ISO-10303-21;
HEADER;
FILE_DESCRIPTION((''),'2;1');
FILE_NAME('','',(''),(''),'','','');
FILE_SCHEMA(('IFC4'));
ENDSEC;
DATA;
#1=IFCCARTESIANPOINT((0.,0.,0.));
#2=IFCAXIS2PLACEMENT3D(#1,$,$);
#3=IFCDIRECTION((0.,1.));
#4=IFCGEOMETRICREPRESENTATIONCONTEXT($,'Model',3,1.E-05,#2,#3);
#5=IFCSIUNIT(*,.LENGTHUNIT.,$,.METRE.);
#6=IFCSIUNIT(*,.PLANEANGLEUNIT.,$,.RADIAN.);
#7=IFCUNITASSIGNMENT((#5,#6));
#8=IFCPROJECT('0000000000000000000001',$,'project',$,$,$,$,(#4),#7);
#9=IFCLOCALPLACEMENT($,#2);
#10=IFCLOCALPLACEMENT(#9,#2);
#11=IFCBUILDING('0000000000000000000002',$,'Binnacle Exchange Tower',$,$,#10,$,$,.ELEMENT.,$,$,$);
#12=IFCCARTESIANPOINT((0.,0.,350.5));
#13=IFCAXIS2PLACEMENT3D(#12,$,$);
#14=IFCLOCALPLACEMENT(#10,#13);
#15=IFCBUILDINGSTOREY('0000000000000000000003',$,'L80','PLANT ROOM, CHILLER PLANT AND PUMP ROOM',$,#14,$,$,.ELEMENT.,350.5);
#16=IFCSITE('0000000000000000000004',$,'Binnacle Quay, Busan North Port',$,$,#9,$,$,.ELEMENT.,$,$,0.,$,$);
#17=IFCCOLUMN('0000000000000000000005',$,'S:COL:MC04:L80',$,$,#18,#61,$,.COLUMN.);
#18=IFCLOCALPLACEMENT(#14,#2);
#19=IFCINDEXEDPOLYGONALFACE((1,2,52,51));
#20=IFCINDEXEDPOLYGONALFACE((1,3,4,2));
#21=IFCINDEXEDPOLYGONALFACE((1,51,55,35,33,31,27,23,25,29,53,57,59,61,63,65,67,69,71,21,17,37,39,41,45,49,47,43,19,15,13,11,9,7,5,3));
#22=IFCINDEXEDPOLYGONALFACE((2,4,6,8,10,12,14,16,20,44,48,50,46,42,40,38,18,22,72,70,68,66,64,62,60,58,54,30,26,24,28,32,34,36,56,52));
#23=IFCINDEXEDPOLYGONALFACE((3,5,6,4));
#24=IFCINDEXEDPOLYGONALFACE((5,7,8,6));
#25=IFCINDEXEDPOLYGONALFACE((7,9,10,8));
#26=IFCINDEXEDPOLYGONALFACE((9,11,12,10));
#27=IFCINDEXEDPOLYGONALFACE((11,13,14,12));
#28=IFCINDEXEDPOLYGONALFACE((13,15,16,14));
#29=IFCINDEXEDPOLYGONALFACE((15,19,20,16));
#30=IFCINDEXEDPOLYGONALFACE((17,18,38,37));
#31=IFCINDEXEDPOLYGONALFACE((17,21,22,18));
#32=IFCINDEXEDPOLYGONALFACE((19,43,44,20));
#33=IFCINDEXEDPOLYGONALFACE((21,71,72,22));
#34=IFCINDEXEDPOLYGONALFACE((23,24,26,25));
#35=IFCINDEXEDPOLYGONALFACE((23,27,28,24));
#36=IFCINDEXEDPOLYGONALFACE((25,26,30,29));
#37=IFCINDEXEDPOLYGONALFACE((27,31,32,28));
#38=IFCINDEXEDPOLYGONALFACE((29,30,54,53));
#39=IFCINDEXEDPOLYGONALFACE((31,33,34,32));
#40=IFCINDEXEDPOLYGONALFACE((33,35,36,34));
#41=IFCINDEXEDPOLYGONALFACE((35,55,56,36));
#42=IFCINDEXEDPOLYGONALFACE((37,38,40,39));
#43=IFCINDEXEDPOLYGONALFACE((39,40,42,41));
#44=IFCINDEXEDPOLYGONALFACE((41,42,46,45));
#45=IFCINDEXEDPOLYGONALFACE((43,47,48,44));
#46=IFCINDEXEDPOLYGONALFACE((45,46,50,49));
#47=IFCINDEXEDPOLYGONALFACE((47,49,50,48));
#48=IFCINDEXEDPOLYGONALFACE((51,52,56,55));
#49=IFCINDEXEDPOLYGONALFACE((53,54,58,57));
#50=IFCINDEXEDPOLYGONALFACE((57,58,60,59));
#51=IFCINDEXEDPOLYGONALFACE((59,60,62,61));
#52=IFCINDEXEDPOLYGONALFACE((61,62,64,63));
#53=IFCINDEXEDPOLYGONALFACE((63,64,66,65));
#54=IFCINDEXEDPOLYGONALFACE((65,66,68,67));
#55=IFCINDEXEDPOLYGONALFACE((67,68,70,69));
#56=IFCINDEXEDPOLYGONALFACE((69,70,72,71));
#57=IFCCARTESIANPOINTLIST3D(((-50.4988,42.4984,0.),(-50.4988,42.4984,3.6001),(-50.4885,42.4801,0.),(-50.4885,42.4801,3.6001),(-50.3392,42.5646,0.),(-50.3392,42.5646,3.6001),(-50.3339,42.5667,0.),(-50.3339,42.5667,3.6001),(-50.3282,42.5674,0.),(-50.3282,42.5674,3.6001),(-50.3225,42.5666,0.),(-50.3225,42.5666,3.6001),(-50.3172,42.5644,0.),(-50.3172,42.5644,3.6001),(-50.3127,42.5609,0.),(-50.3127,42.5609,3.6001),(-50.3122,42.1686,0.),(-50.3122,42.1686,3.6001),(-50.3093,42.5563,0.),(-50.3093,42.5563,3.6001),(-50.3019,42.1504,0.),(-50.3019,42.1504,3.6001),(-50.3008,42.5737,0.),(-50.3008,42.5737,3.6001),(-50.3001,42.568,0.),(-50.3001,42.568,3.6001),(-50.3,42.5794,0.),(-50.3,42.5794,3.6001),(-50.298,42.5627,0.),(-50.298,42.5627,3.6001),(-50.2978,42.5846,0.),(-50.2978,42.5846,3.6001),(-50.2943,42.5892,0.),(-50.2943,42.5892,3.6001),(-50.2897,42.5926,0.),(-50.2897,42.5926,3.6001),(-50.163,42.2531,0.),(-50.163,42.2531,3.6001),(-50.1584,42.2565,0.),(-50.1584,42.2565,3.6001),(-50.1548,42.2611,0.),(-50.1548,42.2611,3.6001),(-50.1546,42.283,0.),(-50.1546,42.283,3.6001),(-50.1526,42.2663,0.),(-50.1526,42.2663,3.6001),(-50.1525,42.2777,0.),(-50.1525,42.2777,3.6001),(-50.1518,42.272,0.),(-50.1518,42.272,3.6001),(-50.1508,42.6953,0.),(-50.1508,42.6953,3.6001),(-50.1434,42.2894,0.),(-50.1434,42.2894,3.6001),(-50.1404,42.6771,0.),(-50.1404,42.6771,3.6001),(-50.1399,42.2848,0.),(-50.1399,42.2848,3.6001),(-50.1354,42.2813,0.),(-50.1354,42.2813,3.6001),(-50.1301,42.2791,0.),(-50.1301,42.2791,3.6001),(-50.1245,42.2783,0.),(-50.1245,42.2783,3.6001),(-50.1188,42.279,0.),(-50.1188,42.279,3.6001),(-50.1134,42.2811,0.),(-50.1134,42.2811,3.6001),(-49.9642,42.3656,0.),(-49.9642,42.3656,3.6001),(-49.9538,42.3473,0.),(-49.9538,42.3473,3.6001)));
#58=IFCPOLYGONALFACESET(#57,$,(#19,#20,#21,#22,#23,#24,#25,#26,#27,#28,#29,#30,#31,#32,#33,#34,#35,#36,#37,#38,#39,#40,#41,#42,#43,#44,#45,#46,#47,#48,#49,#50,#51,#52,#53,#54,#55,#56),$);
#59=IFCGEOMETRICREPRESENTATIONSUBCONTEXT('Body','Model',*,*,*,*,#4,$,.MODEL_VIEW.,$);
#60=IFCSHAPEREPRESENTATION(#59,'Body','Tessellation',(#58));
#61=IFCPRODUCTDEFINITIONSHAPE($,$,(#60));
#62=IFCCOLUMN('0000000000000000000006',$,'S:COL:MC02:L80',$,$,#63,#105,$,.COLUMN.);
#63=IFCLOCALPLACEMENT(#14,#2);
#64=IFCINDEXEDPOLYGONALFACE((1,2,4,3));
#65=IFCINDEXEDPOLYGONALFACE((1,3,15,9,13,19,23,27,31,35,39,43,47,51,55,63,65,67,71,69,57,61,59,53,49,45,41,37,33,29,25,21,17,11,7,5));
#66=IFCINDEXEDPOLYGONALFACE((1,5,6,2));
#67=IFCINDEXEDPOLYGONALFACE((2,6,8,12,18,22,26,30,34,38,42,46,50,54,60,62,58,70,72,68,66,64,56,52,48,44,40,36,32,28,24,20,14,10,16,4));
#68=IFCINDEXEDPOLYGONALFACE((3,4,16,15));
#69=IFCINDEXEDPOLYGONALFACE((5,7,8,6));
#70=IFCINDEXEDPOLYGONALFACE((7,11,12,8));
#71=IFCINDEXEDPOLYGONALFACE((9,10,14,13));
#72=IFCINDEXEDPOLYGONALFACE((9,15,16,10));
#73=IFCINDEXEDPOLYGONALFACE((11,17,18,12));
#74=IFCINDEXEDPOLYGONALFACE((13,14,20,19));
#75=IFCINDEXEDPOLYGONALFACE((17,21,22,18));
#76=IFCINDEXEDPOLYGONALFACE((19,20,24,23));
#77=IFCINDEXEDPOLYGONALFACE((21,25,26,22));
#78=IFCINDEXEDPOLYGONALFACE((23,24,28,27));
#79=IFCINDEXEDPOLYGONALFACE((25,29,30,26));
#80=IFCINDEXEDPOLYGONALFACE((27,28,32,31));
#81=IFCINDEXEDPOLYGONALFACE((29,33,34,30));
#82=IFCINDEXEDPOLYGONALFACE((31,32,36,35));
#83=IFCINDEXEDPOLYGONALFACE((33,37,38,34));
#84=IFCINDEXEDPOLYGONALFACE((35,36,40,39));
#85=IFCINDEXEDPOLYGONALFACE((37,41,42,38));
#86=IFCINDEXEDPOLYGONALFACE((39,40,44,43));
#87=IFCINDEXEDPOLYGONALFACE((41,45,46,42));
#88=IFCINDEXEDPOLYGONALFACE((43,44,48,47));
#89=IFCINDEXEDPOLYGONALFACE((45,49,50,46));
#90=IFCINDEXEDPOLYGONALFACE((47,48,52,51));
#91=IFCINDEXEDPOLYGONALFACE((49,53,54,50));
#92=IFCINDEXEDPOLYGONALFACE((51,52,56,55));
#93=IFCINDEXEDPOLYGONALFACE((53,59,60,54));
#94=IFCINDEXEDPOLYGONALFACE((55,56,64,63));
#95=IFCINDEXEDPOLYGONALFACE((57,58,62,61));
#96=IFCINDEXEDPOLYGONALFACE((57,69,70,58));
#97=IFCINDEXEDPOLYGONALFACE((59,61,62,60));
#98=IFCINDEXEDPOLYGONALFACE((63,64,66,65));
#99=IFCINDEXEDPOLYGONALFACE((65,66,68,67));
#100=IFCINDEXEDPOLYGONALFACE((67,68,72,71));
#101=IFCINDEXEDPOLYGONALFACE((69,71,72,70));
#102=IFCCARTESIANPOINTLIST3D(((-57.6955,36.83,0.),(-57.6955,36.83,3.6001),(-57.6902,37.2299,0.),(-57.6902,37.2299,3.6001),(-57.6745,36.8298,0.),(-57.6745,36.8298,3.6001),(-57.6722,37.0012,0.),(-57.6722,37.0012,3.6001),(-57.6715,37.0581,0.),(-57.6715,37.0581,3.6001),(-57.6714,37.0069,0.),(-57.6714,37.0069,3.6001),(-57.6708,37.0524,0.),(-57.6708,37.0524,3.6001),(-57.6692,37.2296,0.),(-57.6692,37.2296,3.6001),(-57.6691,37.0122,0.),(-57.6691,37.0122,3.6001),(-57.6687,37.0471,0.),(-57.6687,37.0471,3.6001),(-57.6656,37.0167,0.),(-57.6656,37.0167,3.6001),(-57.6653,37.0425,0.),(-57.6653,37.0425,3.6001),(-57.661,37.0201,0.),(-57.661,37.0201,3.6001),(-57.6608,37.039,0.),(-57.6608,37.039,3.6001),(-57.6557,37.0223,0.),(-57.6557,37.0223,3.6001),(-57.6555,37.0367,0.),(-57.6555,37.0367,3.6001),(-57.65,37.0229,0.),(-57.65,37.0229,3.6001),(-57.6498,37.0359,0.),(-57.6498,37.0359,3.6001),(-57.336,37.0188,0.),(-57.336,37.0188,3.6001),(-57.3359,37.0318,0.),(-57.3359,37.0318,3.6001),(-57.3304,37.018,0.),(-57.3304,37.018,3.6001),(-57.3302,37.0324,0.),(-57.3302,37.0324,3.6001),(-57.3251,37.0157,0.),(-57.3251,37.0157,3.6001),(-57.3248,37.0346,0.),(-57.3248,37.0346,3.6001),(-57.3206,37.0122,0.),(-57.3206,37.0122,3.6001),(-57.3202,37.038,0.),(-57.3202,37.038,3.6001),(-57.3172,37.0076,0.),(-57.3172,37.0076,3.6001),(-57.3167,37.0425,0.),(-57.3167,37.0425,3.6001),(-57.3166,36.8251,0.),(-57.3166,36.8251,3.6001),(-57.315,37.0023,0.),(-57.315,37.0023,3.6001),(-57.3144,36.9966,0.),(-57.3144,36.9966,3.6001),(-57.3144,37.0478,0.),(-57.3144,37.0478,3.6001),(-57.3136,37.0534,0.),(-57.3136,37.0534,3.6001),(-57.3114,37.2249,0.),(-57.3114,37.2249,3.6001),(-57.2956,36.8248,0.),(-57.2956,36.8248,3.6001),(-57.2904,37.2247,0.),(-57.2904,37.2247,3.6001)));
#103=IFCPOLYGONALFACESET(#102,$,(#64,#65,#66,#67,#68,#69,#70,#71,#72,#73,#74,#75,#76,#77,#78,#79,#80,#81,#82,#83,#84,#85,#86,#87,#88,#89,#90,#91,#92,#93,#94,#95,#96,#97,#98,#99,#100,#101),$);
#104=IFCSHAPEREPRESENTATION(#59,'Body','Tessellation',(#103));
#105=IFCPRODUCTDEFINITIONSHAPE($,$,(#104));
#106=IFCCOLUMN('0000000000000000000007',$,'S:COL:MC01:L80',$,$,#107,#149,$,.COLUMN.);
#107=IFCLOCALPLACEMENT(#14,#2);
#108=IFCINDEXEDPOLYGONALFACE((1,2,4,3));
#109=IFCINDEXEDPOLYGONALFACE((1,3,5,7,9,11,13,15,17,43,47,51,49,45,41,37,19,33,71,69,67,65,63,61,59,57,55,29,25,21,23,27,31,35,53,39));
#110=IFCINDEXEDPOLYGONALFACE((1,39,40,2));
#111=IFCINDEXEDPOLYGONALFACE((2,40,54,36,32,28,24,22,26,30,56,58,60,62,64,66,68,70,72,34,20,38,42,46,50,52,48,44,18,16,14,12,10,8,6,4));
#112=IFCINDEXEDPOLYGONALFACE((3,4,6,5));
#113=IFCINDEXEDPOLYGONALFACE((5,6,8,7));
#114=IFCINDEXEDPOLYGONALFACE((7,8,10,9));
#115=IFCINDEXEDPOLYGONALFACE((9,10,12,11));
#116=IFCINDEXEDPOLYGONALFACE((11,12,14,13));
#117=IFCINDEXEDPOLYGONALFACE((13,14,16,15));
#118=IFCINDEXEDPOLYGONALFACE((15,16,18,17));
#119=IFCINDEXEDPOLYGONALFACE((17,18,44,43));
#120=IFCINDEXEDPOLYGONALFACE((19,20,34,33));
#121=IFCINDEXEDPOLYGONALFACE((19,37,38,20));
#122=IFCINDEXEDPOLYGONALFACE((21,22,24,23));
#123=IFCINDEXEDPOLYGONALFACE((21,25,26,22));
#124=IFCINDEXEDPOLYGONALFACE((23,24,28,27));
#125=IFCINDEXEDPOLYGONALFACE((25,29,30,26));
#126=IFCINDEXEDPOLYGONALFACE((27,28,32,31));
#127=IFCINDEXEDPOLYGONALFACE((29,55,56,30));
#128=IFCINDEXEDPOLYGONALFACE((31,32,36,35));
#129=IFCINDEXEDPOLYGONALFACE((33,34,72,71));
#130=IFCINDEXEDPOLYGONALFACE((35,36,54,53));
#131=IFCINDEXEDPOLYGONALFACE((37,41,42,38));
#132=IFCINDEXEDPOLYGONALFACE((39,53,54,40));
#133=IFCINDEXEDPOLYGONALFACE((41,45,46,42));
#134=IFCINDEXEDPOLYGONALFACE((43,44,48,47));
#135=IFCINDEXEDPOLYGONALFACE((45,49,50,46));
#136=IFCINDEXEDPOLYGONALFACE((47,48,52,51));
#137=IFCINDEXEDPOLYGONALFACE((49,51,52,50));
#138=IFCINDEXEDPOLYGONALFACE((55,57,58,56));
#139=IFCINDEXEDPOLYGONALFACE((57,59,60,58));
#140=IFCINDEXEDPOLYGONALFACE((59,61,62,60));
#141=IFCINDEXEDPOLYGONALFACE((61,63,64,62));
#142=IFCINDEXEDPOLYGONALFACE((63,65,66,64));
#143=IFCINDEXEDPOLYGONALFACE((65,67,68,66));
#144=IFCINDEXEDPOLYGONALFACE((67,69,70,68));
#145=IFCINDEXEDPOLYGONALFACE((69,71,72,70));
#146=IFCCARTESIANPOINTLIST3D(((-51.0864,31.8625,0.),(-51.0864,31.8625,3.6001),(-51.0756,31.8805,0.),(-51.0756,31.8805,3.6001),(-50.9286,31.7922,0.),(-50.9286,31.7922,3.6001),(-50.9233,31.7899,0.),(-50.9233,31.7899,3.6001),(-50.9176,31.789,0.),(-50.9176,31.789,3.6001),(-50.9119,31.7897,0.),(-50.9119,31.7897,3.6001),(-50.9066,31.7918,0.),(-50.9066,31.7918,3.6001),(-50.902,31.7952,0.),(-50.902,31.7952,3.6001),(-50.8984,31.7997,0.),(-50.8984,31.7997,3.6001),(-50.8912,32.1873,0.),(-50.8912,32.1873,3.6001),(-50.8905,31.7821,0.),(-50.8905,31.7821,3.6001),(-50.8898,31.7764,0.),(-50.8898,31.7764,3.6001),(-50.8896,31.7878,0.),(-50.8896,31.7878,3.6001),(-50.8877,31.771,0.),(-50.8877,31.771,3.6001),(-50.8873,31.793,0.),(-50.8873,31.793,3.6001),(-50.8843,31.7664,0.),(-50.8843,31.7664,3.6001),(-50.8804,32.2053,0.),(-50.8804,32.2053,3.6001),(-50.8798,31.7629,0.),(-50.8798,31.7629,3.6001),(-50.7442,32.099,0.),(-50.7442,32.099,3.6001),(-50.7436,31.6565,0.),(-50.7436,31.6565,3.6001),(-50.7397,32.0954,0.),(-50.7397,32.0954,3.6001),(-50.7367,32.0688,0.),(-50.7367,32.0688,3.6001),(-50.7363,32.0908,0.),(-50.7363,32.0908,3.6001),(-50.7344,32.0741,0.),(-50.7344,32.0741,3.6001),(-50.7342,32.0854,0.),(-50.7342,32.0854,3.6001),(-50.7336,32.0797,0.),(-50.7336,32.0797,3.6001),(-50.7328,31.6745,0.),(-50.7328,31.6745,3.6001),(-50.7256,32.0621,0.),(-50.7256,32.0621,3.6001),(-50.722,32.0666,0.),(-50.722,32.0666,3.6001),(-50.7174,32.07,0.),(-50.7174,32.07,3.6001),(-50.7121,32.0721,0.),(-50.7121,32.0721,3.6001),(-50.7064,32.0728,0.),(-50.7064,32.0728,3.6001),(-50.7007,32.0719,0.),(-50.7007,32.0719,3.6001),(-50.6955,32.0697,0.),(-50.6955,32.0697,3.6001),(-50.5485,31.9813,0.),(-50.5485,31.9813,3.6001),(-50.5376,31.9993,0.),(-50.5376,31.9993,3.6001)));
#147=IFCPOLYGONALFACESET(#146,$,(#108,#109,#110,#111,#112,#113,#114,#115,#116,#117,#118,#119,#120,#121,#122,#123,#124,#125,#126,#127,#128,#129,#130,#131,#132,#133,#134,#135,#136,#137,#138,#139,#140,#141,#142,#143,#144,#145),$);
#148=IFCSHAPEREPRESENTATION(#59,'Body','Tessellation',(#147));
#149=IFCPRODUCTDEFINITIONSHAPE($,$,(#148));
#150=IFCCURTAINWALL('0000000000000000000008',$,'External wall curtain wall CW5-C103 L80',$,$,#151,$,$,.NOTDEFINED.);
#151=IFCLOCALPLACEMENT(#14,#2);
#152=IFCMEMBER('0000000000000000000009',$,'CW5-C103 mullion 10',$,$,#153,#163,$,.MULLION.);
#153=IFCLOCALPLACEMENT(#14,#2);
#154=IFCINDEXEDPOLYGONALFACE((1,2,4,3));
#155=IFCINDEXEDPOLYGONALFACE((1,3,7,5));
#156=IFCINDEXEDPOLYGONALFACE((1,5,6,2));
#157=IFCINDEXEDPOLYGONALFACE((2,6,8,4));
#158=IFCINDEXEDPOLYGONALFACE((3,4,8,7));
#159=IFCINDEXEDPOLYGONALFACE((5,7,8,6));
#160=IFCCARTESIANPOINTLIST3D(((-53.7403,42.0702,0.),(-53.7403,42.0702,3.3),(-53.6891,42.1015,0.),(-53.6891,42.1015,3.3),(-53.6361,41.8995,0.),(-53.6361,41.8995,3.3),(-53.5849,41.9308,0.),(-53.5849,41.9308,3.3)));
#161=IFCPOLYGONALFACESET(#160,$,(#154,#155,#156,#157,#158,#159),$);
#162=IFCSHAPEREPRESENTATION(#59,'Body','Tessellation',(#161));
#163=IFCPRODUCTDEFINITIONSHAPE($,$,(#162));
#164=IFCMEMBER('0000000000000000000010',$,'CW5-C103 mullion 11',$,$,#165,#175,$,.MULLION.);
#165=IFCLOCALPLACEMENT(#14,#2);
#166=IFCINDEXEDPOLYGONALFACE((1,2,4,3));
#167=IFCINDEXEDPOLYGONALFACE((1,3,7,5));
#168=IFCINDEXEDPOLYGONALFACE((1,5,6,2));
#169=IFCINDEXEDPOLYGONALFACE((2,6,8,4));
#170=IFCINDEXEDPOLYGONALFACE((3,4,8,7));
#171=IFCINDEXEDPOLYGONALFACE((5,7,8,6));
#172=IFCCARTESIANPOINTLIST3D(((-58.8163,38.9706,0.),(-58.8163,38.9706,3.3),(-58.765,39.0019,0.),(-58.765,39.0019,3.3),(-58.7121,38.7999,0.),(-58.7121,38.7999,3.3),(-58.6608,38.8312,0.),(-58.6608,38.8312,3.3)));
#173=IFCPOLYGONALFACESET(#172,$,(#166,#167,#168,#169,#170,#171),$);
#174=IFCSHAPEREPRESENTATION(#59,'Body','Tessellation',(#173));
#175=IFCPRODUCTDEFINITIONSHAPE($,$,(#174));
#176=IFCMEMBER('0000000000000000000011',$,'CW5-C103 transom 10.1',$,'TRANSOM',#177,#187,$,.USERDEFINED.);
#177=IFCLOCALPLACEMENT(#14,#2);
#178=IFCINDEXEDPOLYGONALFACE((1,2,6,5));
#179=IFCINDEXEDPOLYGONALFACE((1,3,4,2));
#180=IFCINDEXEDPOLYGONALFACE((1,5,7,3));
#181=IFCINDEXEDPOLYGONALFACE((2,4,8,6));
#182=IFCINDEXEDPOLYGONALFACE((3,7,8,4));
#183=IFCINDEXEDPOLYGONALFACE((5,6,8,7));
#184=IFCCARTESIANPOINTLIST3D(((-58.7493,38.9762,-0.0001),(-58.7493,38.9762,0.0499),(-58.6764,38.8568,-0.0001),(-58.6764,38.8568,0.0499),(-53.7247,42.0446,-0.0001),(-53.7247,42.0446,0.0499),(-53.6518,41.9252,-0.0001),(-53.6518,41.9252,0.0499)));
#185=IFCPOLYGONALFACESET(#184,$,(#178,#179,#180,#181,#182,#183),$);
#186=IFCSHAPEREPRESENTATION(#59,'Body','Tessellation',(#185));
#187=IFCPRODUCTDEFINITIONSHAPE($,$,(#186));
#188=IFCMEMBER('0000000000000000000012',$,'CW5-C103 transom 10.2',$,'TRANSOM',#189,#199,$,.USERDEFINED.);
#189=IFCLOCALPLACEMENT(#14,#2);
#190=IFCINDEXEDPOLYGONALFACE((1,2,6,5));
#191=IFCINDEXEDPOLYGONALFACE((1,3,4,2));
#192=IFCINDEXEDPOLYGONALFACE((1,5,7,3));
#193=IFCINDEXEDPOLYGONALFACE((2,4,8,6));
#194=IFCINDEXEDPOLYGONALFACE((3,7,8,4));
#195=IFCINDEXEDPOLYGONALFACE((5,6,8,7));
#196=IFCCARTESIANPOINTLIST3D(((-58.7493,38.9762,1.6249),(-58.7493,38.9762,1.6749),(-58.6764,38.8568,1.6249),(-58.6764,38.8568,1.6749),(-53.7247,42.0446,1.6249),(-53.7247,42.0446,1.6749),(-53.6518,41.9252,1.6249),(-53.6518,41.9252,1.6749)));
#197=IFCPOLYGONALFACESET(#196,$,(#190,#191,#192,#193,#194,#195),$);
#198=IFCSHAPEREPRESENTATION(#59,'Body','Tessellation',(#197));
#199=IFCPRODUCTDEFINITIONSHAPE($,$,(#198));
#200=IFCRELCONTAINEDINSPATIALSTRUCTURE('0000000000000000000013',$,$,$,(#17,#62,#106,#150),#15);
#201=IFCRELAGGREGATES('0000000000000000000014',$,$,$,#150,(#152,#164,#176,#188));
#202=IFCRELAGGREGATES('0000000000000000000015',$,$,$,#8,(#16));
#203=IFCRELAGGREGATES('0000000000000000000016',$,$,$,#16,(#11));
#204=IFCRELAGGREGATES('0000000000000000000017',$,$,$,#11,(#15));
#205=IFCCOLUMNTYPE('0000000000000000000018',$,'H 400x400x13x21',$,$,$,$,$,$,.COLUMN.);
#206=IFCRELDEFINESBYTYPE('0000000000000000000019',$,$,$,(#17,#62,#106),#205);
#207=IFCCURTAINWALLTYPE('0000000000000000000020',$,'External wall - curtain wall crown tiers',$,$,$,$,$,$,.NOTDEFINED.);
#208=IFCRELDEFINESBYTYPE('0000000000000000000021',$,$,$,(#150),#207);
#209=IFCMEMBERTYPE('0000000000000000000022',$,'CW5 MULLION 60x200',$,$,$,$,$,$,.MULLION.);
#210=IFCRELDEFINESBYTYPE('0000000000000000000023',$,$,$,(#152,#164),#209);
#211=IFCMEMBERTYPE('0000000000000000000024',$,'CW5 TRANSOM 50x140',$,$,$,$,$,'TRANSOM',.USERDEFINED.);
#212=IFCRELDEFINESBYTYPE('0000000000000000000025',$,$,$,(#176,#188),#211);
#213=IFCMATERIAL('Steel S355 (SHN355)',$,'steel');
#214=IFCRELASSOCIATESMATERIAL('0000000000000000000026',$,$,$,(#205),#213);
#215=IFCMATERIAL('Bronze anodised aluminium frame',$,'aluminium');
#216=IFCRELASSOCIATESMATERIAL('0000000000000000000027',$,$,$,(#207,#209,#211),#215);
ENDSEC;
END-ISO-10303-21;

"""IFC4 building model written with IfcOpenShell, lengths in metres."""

from ifc_helpers import new_model, si_unit, direction, frame, origin, origin_2d, place, context, subcontext, project, spatial, rectangle, i_section, extrude, material, material_profile, profile_set, type_object, element, aggregate, save


model = new_model("IFC4")

# Units and contexts
model_context = context("Model", 3, precision=1e-05, world=origin(), true_north=direction((0.0, 1.0)))
body_context = subcontext(model_context, "Body", "Model", "MODEL_VIEW")
ifc_project = project(units=[si_unit("LENGTHUNIT", "METRE"), si_unit("PLANEANGLEUNIT", "RADIAN")], contexts=[model_context])

# Site, building, storey
site_placement = place(None, origin())
site = spatial("IfcSite", under=ifc_project, at=site_placement, Name="Binnacle Quay, Busan North Port", CompositionType="ELEMENT", RefElevation=0.0)
building_placement = place(site_placement, origin())
building = spatial("IfcBuilding", under=site, at=building_placement, Name="Binnacle Exchange Tower", CompositionType="ELEMENT")
storey_placement = place(building_placement, frame((0.0, 0.0, 350.5)))
storey = spatial("IfcBuildingStorey", under=building, at=storey_placement, Name="L80", Description="PLANT ROOM, CHILLER PLANT AND PUMP ROOM", CompositionType="ELEMENT", Elevation=350.5)

# Columns
ifc_material_1 = material(Name="Steel S355 (SHN355)", Category="steel")
ifc_material_profile_1 = material_profile(ifc_material_1, i_section(OverallWidth=0.3999, OverallDepth=0.3999, WebThickness=0.0129, FlangeThickness=0.021, FilletRadius=0.022, at=origin_2d()), Name="H 400x400x13x21")
ifc_profile_set_1 = profile_set([ifc_material_profile_1], Name="Steel S355 (SHN355)")
column_type = type_object("IfcColumnType", Name="H 400x400x13x21", PredefinedType="COLUMN", material=ifc_profile_set_1)
for number, where, z_axis, x_axis, name in (
    (1, (-50.2263, 42.4229, 0.0), (0.0, 0.0, 1.0), (-0.870356, -0.492424, 0.0), "S:COL:MC04:L80"),
    (2, (-57.4929, 37.0273, 0.0), (0.0, 0.0, 1.0), (-0.01309, -0.999914, 0.0), "S:COL:MC02:L80"),
    (3, (-50.812, 31.9309, 0.0), (0.0, 0.0, 1.0), (0.857167, -0.515038, 0.0), "S:COL:MC01:L80"),
):
    element("IfcColumn", number, at=place(storey_placement, frame(where, z_axis=z_axis, x_axis=x_axis)), inside=storey, type_object=column_type, Name=name, PredefinedType="COLUMN", context=body_context, shape_type="SweptSolid", body=[
        extrude(i_section(OverallWidth=0.3999, OverallDepth=0.3999, WebThickness=0.0129, FlangeThickness=0.021, FilletRadius=0.022, at=origin_2d()), origin(), (0.0, 0.0, 1.0), 3.6001),
    ])

# Curtain wall, members
ifc_material_2 = material(Name="Bronze anodised aluminium frame", Category="aluminium")
curtain_wall_type = type_object("IfcCurtainWallType", Name="External wall - curtain wall crown tiers", PredefinedType="NOTDEFINED", material=ifc_material_2)
curtain_wall_placement = place(storey_placement, origin())
curtain_wall = element("IfcCurtainWall", 4, at=curtain_wall_placement, inside=storey, type_object=curtain_wall_type, Name="External wall curtain wall CW5-C103 L80", PredefinedType="NOTDEFINED")
ifc_material_profile_2 = material_profile(ifc_material_2, rectangle(XDim=0.2, YDim=0.0601, at=origin_2d()), Name="AL 60x200")
ifc_profile_set_2 = profile_set([ifc_material_profile_2], Name="Bronze anodised aluminium frame")
member_type_1 = type_object("IfcMemberType", Name="CW5 MULLION 60x200", PredefinedType="MULLION", material=ifc_profile_set_2)
member_1_placement = place(storey_placement, frame((-53.6626, 42.0005, 0.0), z_axis=(0.0, 0.0, 1.0), x_axis=(0.521157, -0.853461, 0.0)))
member_1 = element("IfcMember", 5, at=member_1_placement, type_object=member_type_1, Name="CW5-C103 mullion 10", PredefinedType="MULLION", context=body_context, shape_type="SweptSolid", body=[
    extrude(rectangle(XDim=0.2, YDim=0.0601, at=origin_2d()), origin(), (0.0, 0.0, 1.0), 3.3),
])
member_2_placement = place(storey_placement, frame((-58.7385, 38.9009, 0.0), z_axis=(0.0, 0.0, 1.0), x_axis=(0.521157, -0.853461, 0.0)))
member_2 = element("IfcMember", 6, at=member_2_placement, type_object=member_type_1, Name="CW5-C103 mullion 11", PredefinedType="MULLION", context=body_context, shape_type="SweptSolid", body=[
    extrude(rectangle(XDim=0.2, YDim=0.0601, at=origin_2d()), origin(), (0.0, 0.0, 1.0), 3.3),
])
ifc_material_profile_3 = material_profile(ifc_material_2, rectangle(XDim=0.1399, YDim=0.05, at=origin_2d()), Name="AL 140x50")
ifc_profile_set_3 = profile_set([ifc_material_profile_3], Name="Bronze anodised aluminium frame")
member_type_2 = type_object("IfcMemberType", Name="CW5 TRANSOM 50x140", ElementType="TRANSOM", PredefinedType="USERDEFINED", material=ifc_profile_set_3)
member_3_placement = place(storey_placement, frame((-53.6882, 41.9849, 0.0249), z_axis=(-0.853453, -0.52117, 0.0), x_axis=(0.52117, -0.853453, 0.0)))
member_3 = element("IfcMember", 7, at=member_3_placement, type_object=member_type_2, Name="CW5-C103 transom 10.1", ObjectType="TRANSOM", PredefinedType="USERDEFINED", context=body_context, shape_type="SweptSolid", body=[
    extrude(rectangle(XDim=0.1399, YDim=0.05, at=origin_2d()), origin(), (0.0, 0.0, 1.0), 5.8875),
])
member_4_placement = place(storey_placement, frame((-53.6882, 41.9849, 1.6499), z_axis=(-0.853453, -0.52117, 0.0), x_axis=(0.52117, -0.853453, 0.0)))
member_4 = element("IfcMember", 8, at=member_4_placement, type_object=member_type_2, Name="CW5-C103 transom 10.2", ObjectType="TRANSOM", PredefinedType="USERDEFINED", context=body_context, shape_type="SweptSolid", body=[
    extrude(rectangle(XDim=0.1399, YDim=0.05, at=origin_2d()), origin(), (0.0, 0.0, 1.0), 5.8875),
])

aggregate(curtain_wall, [member_1, member_2, member_3, member_4])

save(model, "model.ifc")
